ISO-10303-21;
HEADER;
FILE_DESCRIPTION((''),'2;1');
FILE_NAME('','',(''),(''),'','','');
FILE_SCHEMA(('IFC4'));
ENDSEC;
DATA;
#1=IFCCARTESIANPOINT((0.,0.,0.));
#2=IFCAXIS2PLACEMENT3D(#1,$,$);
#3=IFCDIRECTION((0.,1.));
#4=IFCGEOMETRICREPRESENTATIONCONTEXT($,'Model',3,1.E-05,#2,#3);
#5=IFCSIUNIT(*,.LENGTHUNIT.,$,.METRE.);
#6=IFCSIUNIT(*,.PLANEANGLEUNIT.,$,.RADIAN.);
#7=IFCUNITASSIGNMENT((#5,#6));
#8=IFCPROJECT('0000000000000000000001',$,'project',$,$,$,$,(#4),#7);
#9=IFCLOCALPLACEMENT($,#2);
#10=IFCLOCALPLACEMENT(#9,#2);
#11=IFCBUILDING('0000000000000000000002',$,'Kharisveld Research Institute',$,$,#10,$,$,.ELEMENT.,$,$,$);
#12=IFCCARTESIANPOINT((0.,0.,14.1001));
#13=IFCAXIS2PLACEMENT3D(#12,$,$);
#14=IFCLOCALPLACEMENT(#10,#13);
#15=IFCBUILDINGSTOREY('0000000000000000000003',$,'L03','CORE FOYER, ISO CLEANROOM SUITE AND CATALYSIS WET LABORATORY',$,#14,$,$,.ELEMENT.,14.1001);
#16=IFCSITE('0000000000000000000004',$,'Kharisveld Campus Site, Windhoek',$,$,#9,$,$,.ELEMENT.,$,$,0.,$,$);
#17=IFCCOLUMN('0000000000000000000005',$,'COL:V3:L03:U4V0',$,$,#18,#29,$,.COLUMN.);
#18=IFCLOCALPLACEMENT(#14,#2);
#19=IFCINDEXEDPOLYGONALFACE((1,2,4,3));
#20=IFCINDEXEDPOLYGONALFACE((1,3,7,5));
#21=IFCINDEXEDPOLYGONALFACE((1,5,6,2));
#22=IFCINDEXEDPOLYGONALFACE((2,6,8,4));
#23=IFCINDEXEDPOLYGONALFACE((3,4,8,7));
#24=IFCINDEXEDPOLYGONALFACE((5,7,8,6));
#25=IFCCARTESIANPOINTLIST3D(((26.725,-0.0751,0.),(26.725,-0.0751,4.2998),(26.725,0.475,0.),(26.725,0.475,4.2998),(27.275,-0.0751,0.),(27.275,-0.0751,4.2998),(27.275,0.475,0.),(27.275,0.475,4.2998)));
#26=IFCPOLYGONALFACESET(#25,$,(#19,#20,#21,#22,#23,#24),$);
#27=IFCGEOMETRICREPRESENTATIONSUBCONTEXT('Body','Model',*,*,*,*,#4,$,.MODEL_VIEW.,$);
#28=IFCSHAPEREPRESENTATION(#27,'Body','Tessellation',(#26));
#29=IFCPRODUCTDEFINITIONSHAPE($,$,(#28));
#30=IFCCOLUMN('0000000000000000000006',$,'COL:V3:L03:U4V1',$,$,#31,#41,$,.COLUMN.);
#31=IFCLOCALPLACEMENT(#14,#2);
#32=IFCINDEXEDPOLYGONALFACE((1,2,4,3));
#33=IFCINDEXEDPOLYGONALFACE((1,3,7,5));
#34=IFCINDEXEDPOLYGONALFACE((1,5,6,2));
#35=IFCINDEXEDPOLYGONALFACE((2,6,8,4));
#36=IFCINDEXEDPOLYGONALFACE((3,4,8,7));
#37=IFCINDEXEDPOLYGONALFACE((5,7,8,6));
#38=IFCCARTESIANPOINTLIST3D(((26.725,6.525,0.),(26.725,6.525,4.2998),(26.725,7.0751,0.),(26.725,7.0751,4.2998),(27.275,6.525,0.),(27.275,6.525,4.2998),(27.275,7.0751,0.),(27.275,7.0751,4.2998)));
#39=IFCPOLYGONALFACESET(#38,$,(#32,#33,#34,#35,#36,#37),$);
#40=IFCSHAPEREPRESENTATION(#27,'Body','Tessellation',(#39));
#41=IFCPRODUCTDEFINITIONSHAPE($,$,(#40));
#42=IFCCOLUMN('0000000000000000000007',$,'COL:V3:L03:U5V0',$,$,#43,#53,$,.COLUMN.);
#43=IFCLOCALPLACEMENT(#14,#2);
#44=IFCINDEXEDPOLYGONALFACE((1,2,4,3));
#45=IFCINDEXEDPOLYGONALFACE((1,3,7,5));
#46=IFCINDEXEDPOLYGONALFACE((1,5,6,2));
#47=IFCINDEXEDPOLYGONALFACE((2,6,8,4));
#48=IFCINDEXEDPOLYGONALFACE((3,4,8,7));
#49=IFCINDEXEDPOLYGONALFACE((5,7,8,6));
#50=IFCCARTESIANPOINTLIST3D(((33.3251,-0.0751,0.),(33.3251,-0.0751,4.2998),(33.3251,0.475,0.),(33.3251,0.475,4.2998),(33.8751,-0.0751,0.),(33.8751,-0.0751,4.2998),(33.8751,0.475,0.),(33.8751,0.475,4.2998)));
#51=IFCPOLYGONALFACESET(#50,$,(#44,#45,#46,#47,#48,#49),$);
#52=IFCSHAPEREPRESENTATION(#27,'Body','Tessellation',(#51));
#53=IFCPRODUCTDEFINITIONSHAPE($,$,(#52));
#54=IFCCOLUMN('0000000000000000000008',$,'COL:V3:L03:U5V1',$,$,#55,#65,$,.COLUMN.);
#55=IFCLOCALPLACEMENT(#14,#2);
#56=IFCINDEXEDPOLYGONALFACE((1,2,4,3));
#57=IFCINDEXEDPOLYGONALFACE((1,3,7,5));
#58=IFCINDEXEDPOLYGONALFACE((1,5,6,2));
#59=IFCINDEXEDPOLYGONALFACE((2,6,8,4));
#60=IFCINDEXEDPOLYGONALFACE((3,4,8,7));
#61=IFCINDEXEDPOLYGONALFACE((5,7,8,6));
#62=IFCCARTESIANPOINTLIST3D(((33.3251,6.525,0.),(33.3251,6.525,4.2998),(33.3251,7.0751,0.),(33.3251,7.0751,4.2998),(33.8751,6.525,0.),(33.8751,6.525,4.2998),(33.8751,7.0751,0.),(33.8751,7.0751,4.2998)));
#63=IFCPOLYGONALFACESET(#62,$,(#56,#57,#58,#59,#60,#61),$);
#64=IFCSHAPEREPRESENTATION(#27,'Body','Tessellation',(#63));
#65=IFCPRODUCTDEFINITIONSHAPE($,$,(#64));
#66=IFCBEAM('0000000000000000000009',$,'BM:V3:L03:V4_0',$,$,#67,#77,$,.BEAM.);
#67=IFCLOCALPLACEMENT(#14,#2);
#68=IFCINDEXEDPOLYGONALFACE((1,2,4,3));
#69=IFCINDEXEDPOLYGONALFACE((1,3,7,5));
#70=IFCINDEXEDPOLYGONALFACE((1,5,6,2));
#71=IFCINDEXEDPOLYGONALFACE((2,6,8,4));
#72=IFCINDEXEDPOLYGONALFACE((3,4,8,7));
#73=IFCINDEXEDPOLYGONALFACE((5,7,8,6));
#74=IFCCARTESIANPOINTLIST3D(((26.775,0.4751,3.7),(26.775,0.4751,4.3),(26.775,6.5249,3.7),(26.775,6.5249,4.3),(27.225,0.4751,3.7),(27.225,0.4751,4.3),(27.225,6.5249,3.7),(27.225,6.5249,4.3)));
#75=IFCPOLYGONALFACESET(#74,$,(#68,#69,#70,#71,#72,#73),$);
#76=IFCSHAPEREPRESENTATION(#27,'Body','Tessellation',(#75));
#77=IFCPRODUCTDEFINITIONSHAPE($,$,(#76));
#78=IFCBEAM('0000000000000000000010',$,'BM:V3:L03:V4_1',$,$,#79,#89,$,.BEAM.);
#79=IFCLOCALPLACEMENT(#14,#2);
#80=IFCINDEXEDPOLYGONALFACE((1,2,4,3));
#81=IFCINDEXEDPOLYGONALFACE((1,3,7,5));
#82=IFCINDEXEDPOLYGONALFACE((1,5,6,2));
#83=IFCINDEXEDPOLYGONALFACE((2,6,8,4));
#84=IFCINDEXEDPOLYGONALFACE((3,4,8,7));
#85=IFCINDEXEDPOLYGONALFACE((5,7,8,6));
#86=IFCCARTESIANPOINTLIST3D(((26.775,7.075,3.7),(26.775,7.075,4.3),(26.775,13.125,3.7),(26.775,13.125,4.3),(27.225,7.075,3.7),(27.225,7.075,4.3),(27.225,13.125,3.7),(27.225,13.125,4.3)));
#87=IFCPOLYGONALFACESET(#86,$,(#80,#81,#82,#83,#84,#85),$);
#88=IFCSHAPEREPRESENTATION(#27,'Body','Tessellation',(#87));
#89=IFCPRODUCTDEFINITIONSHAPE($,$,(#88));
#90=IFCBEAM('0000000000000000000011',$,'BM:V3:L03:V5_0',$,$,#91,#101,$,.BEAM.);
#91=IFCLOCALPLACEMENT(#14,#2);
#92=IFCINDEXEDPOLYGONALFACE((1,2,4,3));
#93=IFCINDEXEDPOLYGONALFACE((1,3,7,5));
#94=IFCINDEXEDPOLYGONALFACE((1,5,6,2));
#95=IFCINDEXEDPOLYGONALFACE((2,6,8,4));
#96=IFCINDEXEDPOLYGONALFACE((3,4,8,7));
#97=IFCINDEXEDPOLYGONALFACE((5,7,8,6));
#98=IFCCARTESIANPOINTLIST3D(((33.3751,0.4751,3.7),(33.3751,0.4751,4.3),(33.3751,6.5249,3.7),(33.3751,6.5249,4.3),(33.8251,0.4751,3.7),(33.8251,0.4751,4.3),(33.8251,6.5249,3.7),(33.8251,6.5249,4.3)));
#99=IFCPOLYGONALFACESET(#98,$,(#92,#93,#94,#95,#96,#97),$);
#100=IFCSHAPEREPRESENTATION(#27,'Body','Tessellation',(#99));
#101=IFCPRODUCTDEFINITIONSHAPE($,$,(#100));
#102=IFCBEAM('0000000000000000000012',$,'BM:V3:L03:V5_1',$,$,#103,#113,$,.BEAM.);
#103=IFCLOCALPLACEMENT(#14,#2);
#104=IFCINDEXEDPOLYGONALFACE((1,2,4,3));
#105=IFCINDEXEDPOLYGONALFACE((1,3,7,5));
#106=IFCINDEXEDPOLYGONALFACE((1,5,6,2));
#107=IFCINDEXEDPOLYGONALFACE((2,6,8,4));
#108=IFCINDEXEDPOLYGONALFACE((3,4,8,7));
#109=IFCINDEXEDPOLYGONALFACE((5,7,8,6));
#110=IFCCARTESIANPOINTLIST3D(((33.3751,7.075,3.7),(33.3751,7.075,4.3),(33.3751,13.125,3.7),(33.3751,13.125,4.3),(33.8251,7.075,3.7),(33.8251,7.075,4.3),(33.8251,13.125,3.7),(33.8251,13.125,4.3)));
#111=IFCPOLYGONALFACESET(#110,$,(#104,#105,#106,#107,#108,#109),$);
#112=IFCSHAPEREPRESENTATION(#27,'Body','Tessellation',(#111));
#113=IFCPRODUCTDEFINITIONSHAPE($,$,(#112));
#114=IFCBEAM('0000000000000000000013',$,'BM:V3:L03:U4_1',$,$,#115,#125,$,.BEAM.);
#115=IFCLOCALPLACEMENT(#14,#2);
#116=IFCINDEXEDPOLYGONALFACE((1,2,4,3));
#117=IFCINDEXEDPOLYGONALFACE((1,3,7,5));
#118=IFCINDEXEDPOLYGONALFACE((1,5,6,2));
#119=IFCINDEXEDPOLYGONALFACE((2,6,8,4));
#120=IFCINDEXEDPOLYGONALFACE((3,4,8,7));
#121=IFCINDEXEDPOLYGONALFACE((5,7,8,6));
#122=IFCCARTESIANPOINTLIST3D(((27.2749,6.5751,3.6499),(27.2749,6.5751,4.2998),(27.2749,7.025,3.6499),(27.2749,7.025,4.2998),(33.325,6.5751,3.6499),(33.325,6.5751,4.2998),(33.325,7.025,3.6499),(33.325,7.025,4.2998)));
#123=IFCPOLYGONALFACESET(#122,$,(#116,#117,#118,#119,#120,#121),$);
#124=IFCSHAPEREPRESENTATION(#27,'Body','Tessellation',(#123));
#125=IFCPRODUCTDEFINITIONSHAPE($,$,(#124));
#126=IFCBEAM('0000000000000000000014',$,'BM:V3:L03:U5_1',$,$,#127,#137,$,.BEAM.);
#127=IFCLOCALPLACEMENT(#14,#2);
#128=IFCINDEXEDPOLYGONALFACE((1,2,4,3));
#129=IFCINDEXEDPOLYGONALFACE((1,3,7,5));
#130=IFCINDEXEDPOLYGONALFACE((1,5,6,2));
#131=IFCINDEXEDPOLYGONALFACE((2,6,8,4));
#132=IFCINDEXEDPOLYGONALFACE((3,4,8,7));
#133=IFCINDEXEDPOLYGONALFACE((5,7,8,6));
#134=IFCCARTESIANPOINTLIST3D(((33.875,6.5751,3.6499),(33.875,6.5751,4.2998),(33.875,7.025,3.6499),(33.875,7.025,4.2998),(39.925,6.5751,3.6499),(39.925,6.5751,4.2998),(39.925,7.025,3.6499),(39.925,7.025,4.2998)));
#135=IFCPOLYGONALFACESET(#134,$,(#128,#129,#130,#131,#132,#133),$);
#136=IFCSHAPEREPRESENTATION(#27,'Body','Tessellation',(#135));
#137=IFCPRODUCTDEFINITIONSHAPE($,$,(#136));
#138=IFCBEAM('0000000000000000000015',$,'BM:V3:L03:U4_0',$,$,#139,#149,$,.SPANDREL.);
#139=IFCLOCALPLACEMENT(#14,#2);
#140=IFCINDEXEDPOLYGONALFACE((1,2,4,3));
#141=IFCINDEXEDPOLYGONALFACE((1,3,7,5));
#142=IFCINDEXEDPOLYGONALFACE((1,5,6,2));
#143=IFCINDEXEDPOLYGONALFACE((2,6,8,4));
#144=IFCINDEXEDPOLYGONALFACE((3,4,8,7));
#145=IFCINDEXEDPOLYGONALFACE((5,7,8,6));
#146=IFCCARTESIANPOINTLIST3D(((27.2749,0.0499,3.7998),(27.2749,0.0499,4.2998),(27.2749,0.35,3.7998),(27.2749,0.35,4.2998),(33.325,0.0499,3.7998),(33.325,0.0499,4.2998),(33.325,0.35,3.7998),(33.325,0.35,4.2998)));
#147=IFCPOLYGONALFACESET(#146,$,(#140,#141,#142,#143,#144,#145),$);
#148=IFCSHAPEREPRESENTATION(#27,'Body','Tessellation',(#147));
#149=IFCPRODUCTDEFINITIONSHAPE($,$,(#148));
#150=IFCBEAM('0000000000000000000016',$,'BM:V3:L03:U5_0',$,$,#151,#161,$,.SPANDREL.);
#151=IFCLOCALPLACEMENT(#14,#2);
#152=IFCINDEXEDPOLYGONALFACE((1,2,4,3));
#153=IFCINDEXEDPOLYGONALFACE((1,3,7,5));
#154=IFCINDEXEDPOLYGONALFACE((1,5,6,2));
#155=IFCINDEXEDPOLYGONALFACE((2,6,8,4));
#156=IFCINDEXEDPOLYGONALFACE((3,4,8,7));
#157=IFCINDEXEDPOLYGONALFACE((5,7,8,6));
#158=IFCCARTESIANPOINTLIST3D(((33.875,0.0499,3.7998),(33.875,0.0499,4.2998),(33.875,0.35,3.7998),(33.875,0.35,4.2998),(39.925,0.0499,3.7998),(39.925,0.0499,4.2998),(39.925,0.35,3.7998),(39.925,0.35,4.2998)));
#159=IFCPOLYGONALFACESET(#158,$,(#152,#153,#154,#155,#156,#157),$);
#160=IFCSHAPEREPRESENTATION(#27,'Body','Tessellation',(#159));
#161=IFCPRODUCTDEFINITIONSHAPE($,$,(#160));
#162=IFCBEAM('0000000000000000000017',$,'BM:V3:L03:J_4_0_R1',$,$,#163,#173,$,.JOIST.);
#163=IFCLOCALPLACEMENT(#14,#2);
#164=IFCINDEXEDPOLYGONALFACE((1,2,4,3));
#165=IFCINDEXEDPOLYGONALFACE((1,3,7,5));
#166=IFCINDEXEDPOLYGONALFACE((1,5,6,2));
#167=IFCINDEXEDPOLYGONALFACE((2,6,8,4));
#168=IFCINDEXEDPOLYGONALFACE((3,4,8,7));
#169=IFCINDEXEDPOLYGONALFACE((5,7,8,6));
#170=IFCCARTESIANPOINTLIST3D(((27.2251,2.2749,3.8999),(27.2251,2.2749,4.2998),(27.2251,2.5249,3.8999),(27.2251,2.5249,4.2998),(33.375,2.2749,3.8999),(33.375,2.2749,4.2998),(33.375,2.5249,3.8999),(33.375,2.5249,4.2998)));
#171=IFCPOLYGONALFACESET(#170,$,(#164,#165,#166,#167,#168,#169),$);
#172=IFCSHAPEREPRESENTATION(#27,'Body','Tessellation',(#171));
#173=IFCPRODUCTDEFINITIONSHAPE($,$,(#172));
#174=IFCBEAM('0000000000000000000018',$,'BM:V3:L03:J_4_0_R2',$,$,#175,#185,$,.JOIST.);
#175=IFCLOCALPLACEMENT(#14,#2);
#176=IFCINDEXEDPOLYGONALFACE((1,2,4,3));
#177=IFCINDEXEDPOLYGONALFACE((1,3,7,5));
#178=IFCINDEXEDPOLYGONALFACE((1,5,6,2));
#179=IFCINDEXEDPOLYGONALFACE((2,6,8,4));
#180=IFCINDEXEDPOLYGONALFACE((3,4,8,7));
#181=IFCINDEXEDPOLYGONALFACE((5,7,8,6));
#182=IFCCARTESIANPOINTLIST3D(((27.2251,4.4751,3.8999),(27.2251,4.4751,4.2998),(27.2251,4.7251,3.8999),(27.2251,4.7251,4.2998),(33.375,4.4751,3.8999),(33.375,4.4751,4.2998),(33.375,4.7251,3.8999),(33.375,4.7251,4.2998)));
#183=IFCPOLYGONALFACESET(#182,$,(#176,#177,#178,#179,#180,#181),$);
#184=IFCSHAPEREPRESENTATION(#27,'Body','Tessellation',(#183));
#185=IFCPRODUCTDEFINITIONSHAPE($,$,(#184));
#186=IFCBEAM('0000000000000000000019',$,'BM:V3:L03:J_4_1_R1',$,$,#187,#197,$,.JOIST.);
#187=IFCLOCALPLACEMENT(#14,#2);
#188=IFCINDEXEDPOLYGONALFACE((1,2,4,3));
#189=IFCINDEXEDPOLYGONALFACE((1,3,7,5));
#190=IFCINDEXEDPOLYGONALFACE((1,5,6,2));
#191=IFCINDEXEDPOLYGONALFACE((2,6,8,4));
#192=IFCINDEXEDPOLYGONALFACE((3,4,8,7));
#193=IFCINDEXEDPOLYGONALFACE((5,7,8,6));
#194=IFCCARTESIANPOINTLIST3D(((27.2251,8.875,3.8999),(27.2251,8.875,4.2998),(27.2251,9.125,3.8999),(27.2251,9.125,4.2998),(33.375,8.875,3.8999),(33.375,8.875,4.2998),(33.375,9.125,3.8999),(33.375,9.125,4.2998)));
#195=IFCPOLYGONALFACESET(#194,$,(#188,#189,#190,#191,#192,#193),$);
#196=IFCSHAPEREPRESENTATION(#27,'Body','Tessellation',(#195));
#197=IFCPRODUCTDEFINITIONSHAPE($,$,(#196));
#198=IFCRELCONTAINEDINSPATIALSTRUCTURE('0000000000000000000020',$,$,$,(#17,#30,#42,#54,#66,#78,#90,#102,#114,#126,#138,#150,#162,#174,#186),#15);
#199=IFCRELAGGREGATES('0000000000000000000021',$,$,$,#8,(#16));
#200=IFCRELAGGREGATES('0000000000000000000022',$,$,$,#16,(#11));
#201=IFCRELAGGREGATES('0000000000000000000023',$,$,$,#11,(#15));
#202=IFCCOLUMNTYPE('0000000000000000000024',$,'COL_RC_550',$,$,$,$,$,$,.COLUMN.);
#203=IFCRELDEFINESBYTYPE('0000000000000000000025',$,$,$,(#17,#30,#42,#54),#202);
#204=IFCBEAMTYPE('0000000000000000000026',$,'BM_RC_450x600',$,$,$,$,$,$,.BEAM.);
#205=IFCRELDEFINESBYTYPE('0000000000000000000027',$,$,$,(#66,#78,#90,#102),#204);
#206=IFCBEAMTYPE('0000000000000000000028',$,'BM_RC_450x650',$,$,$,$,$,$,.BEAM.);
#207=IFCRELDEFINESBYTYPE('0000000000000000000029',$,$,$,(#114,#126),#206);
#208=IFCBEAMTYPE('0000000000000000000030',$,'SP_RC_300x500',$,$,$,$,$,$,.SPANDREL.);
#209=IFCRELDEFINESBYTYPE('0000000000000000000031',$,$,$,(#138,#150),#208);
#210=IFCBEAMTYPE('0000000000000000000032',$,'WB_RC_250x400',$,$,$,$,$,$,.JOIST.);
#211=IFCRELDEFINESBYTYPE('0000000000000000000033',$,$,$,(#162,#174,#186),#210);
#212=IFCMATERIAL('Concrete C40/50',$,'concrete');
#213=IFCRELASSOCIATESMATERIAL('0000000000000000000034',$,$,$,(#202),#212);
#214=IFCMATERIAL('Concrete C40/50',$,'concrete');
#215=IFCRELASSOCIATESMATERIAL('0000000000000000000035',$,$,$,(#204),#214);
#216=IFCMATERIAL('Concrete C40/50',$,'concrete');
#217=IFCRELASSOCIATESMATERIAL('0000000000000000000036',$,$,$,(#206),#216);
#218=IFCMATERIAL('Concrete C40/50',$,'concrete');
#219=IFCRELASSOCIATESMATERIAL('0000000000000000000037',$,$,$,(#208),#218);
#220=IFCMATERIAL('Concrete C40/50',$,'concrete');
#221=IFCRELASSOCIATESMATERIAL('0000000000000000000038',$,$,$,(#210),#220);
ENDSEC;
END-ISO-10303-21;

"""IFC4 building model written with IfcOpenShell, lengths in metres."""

from ifc_helpers import new_model, si_unit, direction, frame, origin, origin_2d, place, context, subcontext, project, spatial, rectangle, extrude, material, material_profile, profile_set, type_object, element, save


model = new_model("IFC4")

# Units and contexts
model_context = context("Model", 3, precision=1e-05, world=origin(), true_north=direction((0.0, 1.0)))
body_context = subcontext(model_context, "Body", "Model", "MODEL_VIEW")
ifc_project = project(units=[si_unit("LENGTHUNIT", "METRE"), si_unit("PLANEANGLEUNIT", "RADIAN")], contexts=[model_context])

# Site, building, storey
site_placement = place(None, origin())
site = spatial("IfcSite", under=ifc_project, at=site_placement, Name="Kharisveld Campus Site, Windhoek", CompositionType="ELEMENT", RefElevation=0.0)
building_placement = place(site_placement, origin())
building = spatial("IfcBuilding", under=site, at=building_placement, Name="Kharisveld Research Institute", CompositionType="ELEMENT")
storey_placement = place(building_placement, frame((0.0, 0.0, 14.1001)))
storey = spatial("IfcBuildingStorey", under=building, at=storey_placement, Name="L03", Description="CORE FOYER, ISO CLEANROOM SUITE AND CATALYSIS WET LABORATORY", CompositionType="ELEMENT", Elevation=14.1001)

# Columns
ifc_material_1 = material(Name="Concrete C40/50", Category="concrete")
ifc_material_profile_1 = material_profile(ifc_material_1, rectangle(XDim=0.55, YDim=0.55, at=origin_2d()))
ifc_profile_set_1 = profile_set([ifc_material_profile_1], Name="Concrete C40/50")
column_type = type_object("IfcColumnType", Name="COL_RC_550", PredefinedType="COLUMN", material=ifc_profile_set_1)
for number, where, z_axis, x_axis, name in (
    (1, (27.0, 0.2, 0.0), (0.0, 0.0, 1.0), (1.0, 0.0, 0.0), "COL:V3:L03:U4V0"),
    (2, (27.0, 6.8, 0.0), (0.0, 0.0, 1.0), (1.0, 0.0, 0.0), "COL:V3:L03:U4V1"),
    (3, (33.6001, 0.2, 0.0), (0.0, 0.0, 1.0), (1.0, 0.0, 0.0), "COL:V3:L03:U5V0"),
    (4, (33.6001, 6.8, 0.0), (0.0, 0.0, 1.0), (1.0, 0.0, 0.0), "COL:V3:L03:U5V1"),
):
    element("IfcColumn", number, at=place(storey_placement, frame(where, z_axis=z_axis, x_axis=x_axis)), inside=storey, type_object=column_type, Name=name, PredefinedType="COLUMN", context=body_context, shape_type="SweptSolid", body=[
        extrude(rectangle(XDim=0.55, YDim=0.55, at=origin_2d()), origin(), (0.0, 0.0, 1.0), 4.2998),
    ])

# Beams
ifc_material_2 = material(Name="Concrete C40/50", Category="concrete")
ifc_material_profile_2 = material_profile(ifc_material_2, rectangle(XDim=0.45, YDim=0.6001, at=origin_2d()))
ifc_profile_set_2 = profile_set([ifc_material_profile_2], Name="Concrete C40/50")
beam_type_1 = type_object("IfcBeamType", Name="BM_RC_450x600", PredefinedType="BEAM", material=ifc_profile_set_2)
beam_1_placement = place(storey_placement, frame((27.0, 0.4751, 4.0), z_axis=(0.0, 1.0, 0.0), x_axis=(-1.0, 0.0, 0.0)))
element("IfcBeam", 5, at=beam_1_placement, inside=storey, type_object=beam_type_1, Name="BM:V3:L03:V4_0", PredefinedType="BEAM", context=body_context, shape_type="SweptSolid", body=[
    extrude(rectangle(XDim=0.45, YDim=0.6001, at=origin_2d()), origin(), (0.0, 0.0, 1.0), 6.0498),
])
beam_2_placement = place(storey_placement, frame((27.0, 7.075, 4.0), z_axis=(0.0, 1.0, 0.0), x_axis=(-1.0, 0.0, 0.0)))
element("IfcBeam", 6, at=beam_2_placement, inside=storey, type_object=beam_type_1, Name="BM:V3:L03:V4_1", PredefinedType="BEAM", context=body_context, shape_type="SweptSolid", body=[
    extrude(rectangle(XDim=0.45, YDim=0.6001, at=origin_2d()), origin(), (0.0, 0.0, 1.0), 6.05),
])
beam_3_placement = place(storey_placement, frame((33.6001, 0.4751, 4.0), z_axis=(0.0, 1.0, 0.0), x_axis=(-1.0, 0.0, 0.0)))
element("IfcBeam", 7, at=beam_3_placement, inside=storey, type_object=beam_type_1, Name="BM:V3:L03:V5_0", PredefinedType="BEAM", context=body_context, shape_type="SweptSolid", body=[
    extrude(rectangle(XDim=0.45, YDim=0.6001, at=origin_2d()), origin(), (0.0, 0.0, 1.0), 6.0498),
])
beam_4_placement = place(storey_placement, frame((33.6001, 7.075, 4.0), z_axis=(0.0, 1.0, 0.0), x_axis=(-1.0, 0.0, 0.0)))
element("IfcBeam", 8, at=beam_4_placement, inside=storey, type_object=beam_type_1, Name="BM:V3:L03:V5_1", PredefinedType="BEAM", context=body_context, shape_type="SweptSolid", body=[
    extrude(rectangle(XDim=0.45, YDim=0.6001, at=origin_2d()), origin(), (0.0, 0.0, 1.0), 6.05),
])
ifc_material_3 = material(Name="Concrete C40/50", Category="concrete")
ifc_material_profile_3 = material_profile(ifc_material_3, rectangle(XDim=0.45, YDim=0.6499, at=origin_2d()))
ifc_profile_set_3 = profile_set([ifc_material_profile_3], Name="Concrete C40/50")
beam_type_2 = type_object("IfcBeamType", Name="BM_RC_450x650", PredefinedType="BEAM", material=ifc_profile_set_3)
for number, where, z_axis, x_axis, name in (
    (9, (27.2749, 6.8, 3.9749), (1.0, 0.0, 0.0), (0.0, 1.0, 0.0), "BM:V3:L03:U4_1"),
    (10, (33.875, 6.8, 3.9749), (1.0, 0.0, 0.0), (0.0, 1.0, 0.0), "BM:V3:L03:U5_1"),
):
    element("IfcBeam", number, at=place(storey_placement, frame(where, z_axis=z_axis, x_axis=x_axis)), inside=storey, type_object=beam_type_2, Name=name, PredefinedType="BEAM", context=body_context, shape_type="SweptSolid", body=[
        extrude(rectangle(XDim=0.45, YDim=0.6499, at=origin_2d()), origin(), (0.0, 0.0, 1.0), 6.05),
    ])
ifc_material_4 = material(Name="Concrete C40/50", Category="concrete")
ifc_material_profile_4 = material_profile(ifc_material_4, rectangle(XDim=0.3, YDim=0.5, at=origin_2d()))
ifc_profile_set_4 = profile_set([ifc_material_profile_4], Name="Concrete C40/50")
beam_type_3 = type_object("IfcBeamType", Name="SP_RC_300x500", PredefinedType="SPANDREL", material=ifc_profile_set_4)
for number, where, z_axis, x_axis, name in (
    (11, (27.2749, 0.2, 4.0498), (1.0, 0.0, 0.0), (0.0, 1.0, 0.0), "BM:V3:L03:U4_0"),
    (12, (33.875, 0.2, 4.0498), (1.0, 0.0, 0.0), (0.0, 1.0, 0.0), "BM:V3:L03:U5_0"),
):
    element("IfcBeam", number, at=place(storey_placement, frame(where, z_axis=z_axis, x_axis=x_axis)), inside=storey, type_object=beam_type_3, Name=name, PredefinedType="SPANDREL", context=body_context, shape_type="SweptSolid", body=[
        extrude(rectangle(XDim=0.3, YDim=0.5, at=origin_2d()), origin(), (0.0, 0.0, 1.0), 6.05),
    ])
ifc_material_5 = material(Name="Concrete C40/50", Category="concrete")
ifc_material_profile_5 = material_profile(ifc_material_5, rectangle(XDim=0.25, YDim=0.3999, at=origin_2d()))
ifc_profile_set_5 = profile_set([ifc_material_profile_5], Name="Concrete C40/50")
beam_type_4 = type_object("IfcBeamType", Name="WB_RC_250x400", PredefinedType="JOIST", material=ifc_profile_set_5)
for number, where, z_axis, x_axis, name in (
    (13, (27.2251, 2.3999, 4.0999), (1.0, 0.0, 0.0), (0.0, 1.0, 0.0), "BM:V3:L03:J_4_0_R1"),
    (14, (27.2251, 4.6001, 4.0999), (1.0, 0.0, 0.0), (0.0, 1.0, 0.0), "BM:V3:L03:J_4_0_R2"),
    (15, (27.2251, 9.0, 4.0999), (1.0, 0.0, 0.0), (0.0, 1.0, 0.0), "BM:V3:L03:J_4_1_R1"),
):
    element("IfcBeam", number, at=place(storey_placement, frame(where, z_axis=z_axis, x_axis=x_axis)), inside=storey, type_object=beam_type_4, Name=name, PredefinedType="JOIST", context=body_context, shape_type="SweptSolid", body=[
        extrude(rectangle(XDim=0.25, YDim=0.3999, at=origin_2d()), origin(), (0.0, 0.0, 1.0), 6.1499),
    ])

save(model, "model.ifc")
